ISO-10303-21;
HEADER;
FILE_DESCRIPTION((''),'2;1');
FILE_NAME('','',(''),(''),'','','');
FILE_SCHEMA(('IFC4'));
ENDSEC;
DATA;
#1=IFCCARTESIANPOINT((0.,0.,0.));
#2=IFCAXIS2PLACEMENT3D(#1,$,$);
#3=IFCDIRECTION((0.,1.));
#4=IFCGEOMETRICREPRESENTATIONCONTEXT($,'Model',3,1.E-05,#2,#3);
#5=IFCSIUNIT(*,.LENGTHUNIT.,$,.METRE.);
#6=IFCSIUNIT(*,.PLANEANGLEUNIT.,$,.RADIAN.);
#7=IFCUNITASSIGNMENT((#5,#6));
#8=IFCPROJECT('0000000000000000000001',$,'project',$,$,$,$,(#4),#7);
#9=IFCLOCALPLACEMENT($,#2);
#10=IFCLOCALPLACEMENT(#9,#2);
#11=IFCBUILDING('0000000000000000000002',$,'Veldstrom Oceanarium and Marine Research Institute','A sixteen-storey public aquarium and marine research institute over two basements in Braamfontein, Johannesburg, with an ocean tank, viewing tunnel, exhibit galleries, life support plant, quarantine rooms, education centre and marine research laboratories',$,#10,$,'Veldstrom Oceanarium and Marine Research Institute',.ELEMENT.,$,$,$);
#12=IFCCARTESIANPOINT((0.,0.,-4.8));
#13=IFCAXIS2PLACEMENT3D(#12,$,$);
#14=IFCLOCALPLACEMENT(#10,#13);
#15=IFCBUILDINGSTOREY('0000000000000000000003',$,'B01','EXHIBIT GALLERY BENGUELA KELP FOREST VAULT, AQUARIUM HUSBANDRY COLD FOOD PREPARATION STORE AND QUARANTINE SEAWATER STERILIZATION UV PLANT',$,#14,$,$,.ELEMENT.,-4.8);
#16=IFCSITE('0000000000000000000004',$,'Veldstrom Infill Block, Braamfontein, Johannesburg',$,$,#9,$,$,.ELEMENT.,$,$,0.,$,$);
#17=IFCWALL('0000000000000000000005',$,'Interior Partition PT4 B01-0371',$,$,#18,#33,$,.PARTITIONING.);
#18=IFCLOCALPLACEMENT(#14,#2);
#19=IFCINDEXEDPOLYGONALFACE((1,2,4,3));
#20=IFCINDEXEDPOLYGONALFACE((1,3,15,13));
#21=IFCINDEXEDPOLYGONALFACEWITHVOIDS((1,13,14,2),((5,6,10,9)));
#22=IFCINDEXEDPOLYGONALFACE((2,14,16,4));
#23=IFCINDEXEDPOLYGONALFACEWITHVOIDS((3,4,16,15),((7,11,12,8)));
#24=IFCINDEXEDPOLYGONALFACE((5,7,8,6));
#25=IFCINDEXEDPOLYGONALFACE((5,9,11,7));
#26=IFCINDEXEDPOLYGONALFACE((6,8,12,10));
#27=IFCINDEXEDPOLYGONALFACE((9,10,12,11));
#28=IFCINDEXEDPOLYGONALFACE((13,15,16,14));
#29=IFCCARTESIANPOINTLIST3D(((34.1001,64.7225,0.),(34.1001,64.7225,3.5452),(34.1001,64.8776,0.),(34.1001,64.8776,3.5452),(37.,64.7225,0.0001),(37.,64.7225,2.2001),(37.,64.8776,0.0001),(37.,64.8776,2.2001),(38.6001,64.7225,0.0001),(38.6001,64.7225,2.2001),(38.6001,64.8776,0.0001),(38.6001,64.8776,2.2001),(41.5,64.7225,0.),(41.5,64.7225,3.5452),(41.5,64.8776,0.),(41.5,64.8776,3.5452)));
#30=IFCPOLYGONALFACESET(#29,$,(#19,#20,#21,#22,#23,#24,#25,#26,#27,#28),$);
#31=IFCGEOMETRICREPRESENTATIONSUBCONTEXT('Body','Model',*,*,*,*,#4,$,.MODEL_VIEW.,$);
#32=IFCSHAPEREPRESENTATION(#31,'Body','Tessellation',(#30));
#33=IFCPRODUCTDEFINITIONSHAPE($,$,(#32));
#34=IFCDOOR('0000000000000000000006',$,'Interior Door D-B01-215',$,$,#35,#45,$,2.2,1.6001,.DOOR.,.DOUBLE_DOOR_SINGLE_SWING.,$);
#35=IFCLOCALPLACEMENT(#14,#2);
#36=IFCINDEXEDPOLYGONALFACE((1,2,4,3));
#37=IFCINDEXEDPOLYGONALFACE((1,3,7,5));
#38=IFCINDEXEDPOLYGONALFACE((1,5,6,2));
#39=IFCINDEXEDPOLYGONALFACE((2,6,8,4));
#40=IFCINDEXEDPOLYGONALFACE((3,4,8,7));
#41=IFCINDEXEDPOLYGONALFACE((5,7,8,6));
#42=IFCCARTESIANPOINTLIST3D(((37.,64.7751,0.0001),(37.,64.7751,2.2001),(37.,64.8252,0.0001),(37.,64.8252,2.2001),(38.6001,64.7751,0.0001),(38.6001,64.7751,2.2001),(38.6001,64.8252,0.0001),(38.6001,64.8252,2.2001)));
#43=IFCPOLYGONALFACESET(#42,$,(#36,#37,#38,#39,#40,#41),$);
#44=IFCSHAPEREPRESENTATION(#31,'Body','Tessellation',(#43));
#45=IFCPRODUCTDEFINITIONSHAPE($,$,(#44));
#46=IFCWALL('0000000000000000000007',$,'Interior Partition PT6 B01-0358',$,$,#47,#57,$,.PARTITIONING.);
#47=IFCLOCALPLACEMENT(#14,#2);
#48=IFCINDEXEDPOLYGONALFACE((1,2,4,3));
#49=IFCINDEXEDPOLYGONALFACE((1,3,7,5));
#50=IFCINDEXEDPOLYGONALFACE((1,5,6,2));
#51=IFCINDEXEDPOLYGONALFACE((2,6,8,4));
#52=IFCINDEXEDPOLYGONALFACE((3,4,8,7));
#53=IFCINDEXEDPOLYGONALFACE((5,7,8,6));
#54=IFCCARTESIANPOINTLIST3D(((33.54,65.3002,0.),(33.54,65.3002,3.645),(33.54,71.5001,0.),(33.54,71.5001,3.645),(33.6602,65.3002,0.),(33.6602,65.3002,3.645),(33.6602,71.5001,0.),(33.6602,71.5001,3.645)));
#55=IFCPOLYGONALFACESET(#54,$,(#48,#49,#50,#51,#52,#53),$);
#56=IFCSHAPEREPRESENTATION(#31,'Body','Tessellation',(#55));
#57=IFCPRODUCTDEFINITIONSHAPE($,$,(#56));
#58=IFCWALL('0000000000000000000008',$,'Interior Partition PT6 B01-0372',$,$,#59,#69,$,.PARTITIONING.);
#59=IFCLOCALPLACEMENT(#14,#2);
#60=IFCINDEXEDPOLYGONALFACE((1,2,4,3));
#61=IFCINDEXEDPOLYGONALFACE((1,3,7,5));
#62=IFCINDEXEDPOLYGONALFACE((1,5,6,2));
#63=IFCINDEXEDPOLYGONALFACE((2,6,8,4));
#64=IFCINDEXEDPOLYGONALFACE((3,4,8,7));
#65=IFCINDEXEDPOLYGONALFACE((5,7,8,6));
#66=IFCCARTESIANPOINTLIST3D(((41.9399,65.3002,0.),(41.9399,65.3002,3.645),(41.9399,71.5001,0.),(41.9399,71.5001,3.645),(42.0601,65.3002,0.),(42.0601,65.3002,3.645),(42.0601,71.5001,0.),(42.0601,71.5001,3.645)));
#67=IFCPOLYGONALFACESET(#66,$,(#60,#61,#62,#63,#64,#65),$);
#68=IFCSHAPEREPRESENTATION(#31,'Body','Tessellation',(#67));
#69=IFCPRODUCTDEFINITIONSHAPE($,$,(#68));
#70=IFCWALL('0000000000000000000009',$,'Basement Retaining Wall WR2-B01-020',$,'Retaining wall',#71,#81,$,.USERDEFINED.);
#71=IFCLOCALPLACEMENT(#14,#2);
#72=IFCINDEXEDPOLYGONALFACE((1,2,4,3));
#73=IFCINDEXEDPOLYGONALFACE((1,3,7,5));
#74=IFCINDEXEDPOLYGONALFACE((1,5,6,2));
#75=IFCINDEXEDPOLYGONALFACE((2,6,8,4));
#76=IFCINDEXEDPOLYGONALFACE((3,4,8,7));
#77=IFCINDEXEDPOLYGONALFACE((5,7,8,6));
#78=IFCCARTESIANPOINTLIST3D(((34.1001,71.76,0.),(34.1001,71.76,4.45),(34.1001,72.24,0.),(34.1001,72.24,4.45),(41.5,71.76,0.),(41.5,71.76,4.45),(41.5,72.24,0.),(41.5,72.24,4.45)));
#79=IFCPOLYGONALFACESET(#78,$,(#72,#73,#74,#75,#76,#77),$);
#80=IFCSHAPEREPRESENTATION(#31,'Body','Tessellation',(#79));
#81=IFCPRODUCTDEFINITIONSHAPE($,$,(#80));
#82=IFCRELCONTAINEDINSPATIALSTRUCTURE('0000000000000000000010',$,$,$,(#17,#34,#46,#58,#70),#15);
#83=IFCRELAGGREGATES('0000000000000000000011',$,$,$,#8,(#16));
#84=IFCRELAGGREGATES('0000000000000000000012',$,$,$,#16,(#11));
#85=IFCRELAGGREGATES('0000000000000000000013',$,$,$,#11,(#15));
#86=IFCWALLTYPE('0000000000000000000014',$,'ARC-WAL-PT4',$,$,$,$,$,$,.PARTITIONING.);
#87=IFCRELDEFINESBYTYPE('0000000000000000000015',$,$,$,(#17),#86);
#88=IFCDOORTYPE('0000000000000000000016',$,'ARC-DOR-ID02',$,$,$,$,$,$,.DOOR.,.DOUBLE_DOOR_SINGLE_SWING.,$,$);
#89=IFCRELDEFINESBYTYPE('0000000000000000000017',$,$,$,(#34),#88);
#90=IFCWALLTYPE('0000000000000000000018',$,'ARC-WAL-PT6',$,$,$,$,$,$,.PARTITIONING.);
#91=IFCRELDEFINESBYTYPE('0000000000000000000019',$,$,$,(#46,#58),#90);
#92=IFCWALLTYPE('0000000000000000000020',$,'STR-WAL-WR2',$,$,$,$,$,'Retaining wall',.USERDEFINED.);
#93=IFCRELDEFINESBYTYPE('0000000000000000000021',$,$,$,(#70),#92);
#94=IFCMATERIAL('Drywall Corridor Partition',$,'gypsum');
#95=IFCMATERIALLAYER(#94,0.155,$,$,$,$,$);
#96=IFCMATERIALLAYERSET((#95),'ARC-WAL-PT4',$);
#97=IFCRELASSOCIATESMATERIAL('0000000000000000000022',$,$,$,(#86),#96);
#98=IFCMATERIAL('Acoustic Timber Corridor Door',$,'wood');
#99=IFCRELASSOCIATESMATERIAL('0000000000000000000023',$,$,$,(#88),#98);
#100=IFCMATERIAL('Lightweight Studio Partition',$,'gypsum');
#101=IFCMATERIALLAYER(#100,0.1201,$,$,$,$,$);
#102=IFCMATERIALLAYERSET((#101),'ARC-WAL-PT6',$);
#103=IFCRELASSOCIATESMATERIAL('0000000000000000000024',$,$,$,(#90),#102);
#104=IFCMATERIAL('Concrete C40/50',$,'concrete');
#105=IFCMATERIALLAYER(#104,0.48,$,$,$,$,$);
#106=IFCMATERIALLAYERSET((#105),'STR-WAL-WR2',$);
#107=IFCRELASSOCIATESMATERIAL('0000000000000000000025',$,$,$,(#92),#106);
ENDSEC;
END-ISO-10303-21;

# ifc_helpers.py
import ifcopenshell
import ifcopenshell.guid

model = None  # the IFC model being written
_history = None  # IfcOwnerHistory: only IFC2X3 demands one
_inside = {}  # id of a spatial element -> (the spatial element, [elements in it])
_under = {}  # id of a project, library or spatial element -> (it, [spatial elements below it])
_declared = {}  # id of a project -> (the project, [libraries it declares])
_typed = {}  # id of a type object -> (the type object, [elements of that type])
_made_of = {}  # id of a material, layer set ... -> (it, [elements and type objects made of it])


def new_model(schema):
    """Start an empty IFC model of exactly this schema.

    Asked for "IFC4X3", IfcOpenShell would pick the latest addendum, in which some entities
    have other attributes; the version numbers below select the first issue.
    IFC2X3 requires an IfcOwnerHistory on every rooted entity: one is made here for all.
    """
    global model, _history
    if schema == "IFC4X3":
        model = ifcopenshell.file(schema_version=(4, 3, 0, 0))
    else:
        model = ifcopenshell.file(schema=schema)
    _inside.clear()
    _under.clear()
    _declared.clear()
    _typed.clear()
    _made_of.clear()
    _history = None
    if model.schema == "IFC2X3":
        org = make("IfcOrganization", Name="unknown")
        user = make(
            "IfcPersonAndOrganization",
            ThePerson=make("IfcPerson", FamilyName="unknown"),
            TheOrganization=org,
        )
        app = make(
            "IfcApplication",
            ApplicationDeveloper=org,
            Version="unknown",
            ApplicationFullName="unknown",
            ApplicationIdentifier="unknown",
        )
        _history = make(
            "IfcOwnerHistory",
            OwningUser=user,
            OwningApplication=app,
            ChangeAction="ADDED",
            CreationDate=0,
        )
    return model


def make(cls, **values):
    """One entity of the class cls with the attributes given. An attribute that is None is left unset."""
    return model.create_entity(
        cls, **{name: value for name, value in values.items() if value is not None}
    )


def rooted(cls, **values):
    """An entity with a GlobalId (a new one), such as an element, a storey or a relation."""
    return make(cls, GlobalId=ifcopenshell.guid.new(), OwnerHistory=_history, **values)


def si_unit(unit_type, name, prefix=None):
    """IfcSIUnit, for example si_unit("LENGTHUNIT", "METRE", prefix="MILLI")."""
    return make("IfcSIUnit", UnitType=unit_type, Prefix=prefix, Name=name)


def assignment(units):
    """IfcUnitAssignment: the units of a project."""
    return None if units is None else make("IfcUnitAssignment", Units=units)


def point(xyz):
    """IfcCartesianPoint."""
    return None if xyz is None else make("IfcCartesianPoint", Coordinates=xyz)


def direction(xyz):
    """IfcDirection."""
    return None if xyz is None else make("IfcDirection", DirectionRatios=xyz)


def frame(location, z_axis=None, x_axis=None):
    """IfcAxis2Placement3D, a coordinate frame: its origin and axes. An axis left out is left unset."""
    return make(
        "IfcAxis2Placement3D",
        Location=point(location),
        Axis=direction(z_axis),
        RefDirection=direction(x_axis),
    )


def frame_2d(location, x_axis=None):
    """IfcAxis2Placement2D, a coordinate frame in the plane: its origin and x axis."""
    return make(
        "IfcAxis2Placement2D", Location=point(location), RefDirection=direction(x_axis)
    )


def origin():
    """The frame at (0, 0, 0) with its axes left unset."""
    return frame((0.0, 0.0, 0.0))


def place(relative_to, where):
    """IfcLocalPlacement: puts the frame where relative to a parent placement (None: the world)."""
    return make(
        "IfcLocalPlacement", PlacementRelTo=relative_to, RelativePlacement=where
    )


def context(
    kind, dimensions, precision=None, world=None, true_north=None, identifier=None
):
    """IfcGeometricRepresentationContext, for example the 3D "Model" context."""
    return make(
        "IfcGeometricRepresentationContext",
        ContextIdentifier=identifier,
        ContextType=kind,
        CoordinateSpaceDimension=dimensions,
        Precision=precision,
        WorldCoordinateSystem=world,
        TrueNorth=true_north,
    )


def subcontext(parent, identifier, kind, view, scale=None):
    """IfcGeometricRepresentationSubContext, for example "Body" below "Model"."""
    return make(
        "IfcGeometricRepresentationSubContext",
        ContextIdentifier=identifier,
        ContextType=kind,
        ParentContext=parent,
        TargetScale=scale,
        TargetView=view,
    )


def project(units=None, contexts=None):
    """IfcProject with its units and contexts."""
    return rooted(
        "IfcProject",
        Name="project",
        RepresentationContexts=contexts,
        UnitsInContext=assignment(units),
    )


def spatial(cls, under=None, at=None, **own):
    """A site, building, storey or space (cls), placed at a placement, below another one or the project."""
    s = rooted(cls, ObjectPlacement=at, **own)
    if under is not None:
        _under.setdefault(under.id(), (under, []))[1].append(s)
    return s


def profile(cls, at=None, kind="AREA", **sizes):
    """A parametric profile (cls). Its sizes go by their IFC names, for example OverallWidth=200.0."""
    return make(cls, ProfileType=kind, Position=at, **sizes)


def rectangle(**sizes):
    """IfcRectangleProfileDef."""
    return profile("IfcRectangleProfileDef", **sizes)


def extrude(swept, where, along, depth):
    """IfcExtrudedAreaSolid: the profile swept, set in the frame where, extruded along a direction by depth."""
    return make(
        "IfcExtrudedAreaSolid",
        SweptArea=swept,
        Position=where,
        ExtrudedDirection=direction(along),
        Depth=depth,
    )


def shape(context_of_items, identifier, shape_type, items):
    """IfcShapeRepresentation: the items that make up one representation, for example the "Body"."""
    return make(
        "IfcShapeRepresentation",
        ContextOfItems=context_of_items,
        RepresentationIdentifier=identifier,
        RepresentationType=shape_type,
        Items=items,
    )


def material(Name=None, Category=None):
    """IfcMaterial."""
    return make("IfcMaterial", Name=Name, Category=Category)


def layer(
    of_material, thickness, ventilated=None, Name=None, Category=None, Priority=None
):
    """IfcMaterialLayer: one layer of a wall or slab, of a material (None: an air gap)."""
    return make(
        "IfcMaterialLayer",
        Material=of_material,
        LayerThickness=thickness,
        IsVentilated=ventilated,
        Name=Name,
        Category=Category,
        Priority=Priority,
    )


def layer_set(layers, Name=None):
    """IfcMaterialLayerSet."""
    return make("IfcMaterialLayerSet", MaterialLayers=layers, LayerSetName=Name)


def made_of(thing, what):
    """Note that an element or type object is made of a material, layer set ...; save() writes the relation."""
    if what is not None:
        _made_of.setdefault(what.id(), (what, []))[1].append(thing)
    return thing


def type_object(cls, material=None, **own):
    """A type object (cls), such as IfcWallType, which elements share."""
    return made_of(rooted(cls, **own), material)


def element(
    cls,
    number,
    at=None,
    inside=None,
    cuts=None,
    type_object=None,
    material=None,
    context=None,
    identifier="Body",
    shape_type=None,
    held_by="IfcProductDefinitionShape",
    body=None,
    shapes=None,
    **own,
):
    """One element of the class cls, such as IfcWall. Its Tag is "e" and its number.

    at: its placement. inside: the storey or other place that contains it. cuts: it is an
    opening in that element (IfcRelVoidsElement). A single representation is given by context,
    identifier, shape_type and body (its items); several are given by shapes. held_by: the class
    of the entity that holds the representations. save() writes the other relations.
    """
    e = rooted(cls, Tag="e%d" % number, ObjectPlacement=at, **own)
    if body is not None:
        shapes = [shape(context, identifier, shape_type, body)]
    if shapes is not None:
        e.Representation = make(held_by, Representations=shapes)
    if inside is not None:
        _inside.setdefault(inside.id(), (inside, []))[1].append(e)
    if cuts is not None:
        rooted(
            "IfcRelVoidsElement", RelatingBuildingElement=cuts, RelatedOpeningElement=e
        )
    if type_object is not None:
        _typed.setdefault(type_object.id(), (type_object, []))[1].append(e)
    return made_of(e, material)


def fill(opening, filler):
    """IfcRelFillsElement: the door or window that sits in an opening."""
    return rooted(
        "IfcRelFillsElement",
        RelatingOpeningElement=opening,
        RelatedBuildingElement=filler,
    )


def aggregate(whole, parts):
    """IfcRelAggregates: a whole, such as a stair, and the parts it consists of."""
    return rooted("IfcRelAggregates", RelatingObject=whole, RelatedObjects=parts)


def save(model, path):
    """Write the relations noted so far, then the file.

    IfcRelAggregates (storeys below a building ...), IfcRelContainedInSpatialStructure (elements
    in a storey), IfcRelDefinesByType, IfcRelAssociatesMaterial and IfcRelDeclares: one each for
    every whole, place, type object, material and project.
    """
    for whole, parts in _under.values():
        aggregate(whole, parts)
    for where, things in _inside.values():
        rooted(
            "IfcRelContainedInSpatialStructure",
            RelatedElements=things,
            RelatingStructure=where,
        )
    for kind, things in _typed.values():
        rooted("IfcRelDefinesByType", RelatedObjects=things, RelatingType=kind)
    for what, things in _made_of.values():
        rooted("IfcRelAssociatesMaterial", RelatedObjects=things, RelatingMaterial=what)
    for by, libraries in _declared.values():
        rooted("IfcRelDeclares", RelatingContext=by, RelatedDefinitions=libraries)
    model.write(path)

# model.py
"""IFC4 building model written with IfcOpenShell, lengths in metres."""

from ifc_helpers import new_model, si_unit, direction, frame, frame_2d, origin, place, context, subcontext, project, spatial, rectangle, extrude, material, layer, layer_set, type_object, element, fill, save


model = new_model("IFC4")

# Units and contexts
model_context = context("Model", 3, precision=1e-05, world=origin(), true_north=direction((0.0, 1.0)))
body_context = subcontext(model_context, "Body", "Model", "MODEL_VIEW")
ifc_project = project(units=[si_unit("LENGTHUNIT", "METRE"), si_unit("PLANEANGLEUNIT", "RADIAN")], contexts=[model_context])

# Site, building, storey
site_placement = place(None, origin())
site = spatial("IfcSite", under=ifc_project, at=site_placement, Name="Veldstrom Infill Block, Braamfontein, Johannesburg", CompositionType="ELEMENT", RefElevation=0.0)
building_placement = place(site_placement, origin())
building = spatial("IfcBuilding", under=site, at=building_placement, Name="Veldstrom Oceanarium and Marine Research Institute", Description="A sixteen-storey public aquarium and marine research institute over two basements in Braamfontein, Johannesburg, with an ocean tank, viewing tunnel, exhibit galleries, life support plant, quarantine rooms, education centre and marine research laboratories", LongName="Veldstrom Oceanarium and Marine Research Institute", CompositionType="ELEMENT")
storey_placement = place(building_placement, frame((0.0, 0.0, -4.8)))
storey = spatial("IfcBuildingStorey", under=building, at=storey_placement, Name="B01", Description="EXHIBIT GALLERY BENGUELA KELP FOREST VAULT, AQUARIUM HUSBANDRY COLD FOOD PREPARATION STORE AND QUARANTINE SEAWATER STERILIZATION UV PLANT", CompositionType="ELEMENT", Elevation=-4.8)

# Wall, opening, door
ifc_material_1 = material(Name="Drywall Corridor Partition", Category="gypsum")
ifc_layer_1 = layer(ifc_material_1, 0.155)
ifc_layer_set_1 = layer_set([ifc_layer_1], Name="ARC-WAL-PT4")
wall_type_1 = type_object("IfcWallType", Name="ARC-WAL-PT4", PredefinedType="PARTITIONING", material=ifc_layer_set_1)
wall_1_placement = place(storey_placement, frame((34.1001, 64.8, 0.0), z_axis=(0.0, 0.0, 1.0), x_axis=(1.0, 0.0, 0.0)))
wall_1 = element("IfcWall", 1, at=wall_1_placement, inside=storey, type_object=wall_type_1, Name="Interior Partition PT4 B01-0371", PredefinedType="PARTITIONING", context=body_context, shape_type="SweptSolid", body=[
    extrude(rectangle(XDim=7.3999, YDim=0.155, at=frame_2d((3.7, 0.0))), origin(), (0.0, 0.0, 1.0), 3.5452),
])
opening_placement = place(wall_1_placement, frame((2.8999, 0.0, 0.0)))
opening = element("IfcOpeningElement", 2, at=opening_placement, cuts=wall_1, PredefinedType="OPENING", context=body_context, shape_type="SweptSolid", body=[
    extrude(rectangle(XDim=1.6001, YDim=2.2, at=frame_2d((0.8, 1.1001))), frame((0.0, 0.0874, 0.0), z_axis=(0.0, -1.0, 0.0), x_axis=(1.0, 0.0, 0.0)), (0.0, 0.0, 1.0), 0.175),
])
ifc_material_2 = material(Name="Acoustic Timber Corridor Door", Category="wood")
door_type = type_object("IfcDoorType", Name="ARC-DOR-ID02", OperationType="DOUBLE_DOOR_SINGLE_SWING", PredefinedType="DOOR", material=ifc_material_2)
door_placement = place(opening_placement, frame((1.6001, 0.0, 0.0), z_axis=(0.0, 0.0, 1.0), x_axis=(-1.0, 0.0, 0.0)))
door = element("IfcDoor", 3, at=door_placement, inside=storey, type_object=door_type, Name="Interior Door D-B01-215", OperationType="DOUBLE_DOOR_SINGLE_SWING", OverallHeight=2.2, OverallWidth=1.6001, PredefinedType="DOOR", context=body_context, shape_type="SweptSolid", body=[
    extrude(rectangle(XDim=1.6001, YDim=2.2, at=frame_2d((0.8, 1.1001))), frame((0.0, 0.0249, 0.0), z_axis=(0.0, -1.0, 0.0), x_axis=(1.0, 0.0, 0.0)), (0.0, 0.0, 1.0), 0.05),
])
fill(opening, door)

# Walls
ifc_material_3 = material(Name="Lightweight Studio Partition", Category="gypsum")
ifc_layer_2 = layer(ifc_material_3, 0.1201)
ifc_layer_set_2 = layer_set([ifc_layer_2], Name="ARC-WAL-PT6")
wall_type_2 = type_object("IfcWallType", Name="ARC-WAL-PT6", PredefinedType="PARTITIONING", material=ifc_layer_set_2)
for number, where, z_axis, x_axis, name in (
    (4, (33.6001, 65.3, 0.0), (0.0, 0.0, 1.0), (0.0, 1.0, 0.0), "Interior Partition PT6 B01-0358"),
    (5, (42.0, 65.3, 0.0), (0.0, 0.0, 1.0), (0.0, 1.0, 0.0), "Interior Partition PT6 B01-0372"),
):
    element("IfcWall", number, at=place(storey_placement, frame(where, z_axis=z_axis, x_axis=x_axis)), inside=storey, type_object=wall_type_2, Name=name, PredefinedType="PARTITIONING", context=body_context, shape_type="SweptSolid", body=[
        extrude(rectangle(XDim=6.2, YDim=0.1201, at=frame_2d((3.1001, 0.0))), origin(), (0.0, 0.0, 1.0), 3.645),
    ])
ifc_material_4 = material(Name="Concrete C40/50", Category="concrete")
ifc_layer_3 = layer(ifc_material_4, 0.48)
ifc_layer_set_3 = layer_set([ifc_layer_3], Name="STR-WAL-WR2")
wall_type_3 = type_object("IfcWallType", Name="STR-WAL-WR2", ElementType="Retaining wall", PredefinedType="USERDEFINED", material=ifc_layer_set_3)
wall_2_placement = place(storey_placement, frame((34.1001, 72.0, 0.0), z_axis=(0.0, 0.0, 1.0), x_axis=(1.0, 0.0, 0.0)))
element("IfcWall", 6, at=wall_2_placement, inside=storey, type_object=wall_type_3, Name="Basement Retaining Wall WR2-B01-020", ObjectType="Retaining wall", PredefinedType="USERDEFINED", context=body_context, shape_type="SweptSolid", body=[
    extrude(rectangle(XDim=7.3999, YDim=0.48, at=frame_2d((3.7, 0.0))), origin(), (0.0, 0.0, 1.0), 4.45),
])

save(model, "model.ifc")
